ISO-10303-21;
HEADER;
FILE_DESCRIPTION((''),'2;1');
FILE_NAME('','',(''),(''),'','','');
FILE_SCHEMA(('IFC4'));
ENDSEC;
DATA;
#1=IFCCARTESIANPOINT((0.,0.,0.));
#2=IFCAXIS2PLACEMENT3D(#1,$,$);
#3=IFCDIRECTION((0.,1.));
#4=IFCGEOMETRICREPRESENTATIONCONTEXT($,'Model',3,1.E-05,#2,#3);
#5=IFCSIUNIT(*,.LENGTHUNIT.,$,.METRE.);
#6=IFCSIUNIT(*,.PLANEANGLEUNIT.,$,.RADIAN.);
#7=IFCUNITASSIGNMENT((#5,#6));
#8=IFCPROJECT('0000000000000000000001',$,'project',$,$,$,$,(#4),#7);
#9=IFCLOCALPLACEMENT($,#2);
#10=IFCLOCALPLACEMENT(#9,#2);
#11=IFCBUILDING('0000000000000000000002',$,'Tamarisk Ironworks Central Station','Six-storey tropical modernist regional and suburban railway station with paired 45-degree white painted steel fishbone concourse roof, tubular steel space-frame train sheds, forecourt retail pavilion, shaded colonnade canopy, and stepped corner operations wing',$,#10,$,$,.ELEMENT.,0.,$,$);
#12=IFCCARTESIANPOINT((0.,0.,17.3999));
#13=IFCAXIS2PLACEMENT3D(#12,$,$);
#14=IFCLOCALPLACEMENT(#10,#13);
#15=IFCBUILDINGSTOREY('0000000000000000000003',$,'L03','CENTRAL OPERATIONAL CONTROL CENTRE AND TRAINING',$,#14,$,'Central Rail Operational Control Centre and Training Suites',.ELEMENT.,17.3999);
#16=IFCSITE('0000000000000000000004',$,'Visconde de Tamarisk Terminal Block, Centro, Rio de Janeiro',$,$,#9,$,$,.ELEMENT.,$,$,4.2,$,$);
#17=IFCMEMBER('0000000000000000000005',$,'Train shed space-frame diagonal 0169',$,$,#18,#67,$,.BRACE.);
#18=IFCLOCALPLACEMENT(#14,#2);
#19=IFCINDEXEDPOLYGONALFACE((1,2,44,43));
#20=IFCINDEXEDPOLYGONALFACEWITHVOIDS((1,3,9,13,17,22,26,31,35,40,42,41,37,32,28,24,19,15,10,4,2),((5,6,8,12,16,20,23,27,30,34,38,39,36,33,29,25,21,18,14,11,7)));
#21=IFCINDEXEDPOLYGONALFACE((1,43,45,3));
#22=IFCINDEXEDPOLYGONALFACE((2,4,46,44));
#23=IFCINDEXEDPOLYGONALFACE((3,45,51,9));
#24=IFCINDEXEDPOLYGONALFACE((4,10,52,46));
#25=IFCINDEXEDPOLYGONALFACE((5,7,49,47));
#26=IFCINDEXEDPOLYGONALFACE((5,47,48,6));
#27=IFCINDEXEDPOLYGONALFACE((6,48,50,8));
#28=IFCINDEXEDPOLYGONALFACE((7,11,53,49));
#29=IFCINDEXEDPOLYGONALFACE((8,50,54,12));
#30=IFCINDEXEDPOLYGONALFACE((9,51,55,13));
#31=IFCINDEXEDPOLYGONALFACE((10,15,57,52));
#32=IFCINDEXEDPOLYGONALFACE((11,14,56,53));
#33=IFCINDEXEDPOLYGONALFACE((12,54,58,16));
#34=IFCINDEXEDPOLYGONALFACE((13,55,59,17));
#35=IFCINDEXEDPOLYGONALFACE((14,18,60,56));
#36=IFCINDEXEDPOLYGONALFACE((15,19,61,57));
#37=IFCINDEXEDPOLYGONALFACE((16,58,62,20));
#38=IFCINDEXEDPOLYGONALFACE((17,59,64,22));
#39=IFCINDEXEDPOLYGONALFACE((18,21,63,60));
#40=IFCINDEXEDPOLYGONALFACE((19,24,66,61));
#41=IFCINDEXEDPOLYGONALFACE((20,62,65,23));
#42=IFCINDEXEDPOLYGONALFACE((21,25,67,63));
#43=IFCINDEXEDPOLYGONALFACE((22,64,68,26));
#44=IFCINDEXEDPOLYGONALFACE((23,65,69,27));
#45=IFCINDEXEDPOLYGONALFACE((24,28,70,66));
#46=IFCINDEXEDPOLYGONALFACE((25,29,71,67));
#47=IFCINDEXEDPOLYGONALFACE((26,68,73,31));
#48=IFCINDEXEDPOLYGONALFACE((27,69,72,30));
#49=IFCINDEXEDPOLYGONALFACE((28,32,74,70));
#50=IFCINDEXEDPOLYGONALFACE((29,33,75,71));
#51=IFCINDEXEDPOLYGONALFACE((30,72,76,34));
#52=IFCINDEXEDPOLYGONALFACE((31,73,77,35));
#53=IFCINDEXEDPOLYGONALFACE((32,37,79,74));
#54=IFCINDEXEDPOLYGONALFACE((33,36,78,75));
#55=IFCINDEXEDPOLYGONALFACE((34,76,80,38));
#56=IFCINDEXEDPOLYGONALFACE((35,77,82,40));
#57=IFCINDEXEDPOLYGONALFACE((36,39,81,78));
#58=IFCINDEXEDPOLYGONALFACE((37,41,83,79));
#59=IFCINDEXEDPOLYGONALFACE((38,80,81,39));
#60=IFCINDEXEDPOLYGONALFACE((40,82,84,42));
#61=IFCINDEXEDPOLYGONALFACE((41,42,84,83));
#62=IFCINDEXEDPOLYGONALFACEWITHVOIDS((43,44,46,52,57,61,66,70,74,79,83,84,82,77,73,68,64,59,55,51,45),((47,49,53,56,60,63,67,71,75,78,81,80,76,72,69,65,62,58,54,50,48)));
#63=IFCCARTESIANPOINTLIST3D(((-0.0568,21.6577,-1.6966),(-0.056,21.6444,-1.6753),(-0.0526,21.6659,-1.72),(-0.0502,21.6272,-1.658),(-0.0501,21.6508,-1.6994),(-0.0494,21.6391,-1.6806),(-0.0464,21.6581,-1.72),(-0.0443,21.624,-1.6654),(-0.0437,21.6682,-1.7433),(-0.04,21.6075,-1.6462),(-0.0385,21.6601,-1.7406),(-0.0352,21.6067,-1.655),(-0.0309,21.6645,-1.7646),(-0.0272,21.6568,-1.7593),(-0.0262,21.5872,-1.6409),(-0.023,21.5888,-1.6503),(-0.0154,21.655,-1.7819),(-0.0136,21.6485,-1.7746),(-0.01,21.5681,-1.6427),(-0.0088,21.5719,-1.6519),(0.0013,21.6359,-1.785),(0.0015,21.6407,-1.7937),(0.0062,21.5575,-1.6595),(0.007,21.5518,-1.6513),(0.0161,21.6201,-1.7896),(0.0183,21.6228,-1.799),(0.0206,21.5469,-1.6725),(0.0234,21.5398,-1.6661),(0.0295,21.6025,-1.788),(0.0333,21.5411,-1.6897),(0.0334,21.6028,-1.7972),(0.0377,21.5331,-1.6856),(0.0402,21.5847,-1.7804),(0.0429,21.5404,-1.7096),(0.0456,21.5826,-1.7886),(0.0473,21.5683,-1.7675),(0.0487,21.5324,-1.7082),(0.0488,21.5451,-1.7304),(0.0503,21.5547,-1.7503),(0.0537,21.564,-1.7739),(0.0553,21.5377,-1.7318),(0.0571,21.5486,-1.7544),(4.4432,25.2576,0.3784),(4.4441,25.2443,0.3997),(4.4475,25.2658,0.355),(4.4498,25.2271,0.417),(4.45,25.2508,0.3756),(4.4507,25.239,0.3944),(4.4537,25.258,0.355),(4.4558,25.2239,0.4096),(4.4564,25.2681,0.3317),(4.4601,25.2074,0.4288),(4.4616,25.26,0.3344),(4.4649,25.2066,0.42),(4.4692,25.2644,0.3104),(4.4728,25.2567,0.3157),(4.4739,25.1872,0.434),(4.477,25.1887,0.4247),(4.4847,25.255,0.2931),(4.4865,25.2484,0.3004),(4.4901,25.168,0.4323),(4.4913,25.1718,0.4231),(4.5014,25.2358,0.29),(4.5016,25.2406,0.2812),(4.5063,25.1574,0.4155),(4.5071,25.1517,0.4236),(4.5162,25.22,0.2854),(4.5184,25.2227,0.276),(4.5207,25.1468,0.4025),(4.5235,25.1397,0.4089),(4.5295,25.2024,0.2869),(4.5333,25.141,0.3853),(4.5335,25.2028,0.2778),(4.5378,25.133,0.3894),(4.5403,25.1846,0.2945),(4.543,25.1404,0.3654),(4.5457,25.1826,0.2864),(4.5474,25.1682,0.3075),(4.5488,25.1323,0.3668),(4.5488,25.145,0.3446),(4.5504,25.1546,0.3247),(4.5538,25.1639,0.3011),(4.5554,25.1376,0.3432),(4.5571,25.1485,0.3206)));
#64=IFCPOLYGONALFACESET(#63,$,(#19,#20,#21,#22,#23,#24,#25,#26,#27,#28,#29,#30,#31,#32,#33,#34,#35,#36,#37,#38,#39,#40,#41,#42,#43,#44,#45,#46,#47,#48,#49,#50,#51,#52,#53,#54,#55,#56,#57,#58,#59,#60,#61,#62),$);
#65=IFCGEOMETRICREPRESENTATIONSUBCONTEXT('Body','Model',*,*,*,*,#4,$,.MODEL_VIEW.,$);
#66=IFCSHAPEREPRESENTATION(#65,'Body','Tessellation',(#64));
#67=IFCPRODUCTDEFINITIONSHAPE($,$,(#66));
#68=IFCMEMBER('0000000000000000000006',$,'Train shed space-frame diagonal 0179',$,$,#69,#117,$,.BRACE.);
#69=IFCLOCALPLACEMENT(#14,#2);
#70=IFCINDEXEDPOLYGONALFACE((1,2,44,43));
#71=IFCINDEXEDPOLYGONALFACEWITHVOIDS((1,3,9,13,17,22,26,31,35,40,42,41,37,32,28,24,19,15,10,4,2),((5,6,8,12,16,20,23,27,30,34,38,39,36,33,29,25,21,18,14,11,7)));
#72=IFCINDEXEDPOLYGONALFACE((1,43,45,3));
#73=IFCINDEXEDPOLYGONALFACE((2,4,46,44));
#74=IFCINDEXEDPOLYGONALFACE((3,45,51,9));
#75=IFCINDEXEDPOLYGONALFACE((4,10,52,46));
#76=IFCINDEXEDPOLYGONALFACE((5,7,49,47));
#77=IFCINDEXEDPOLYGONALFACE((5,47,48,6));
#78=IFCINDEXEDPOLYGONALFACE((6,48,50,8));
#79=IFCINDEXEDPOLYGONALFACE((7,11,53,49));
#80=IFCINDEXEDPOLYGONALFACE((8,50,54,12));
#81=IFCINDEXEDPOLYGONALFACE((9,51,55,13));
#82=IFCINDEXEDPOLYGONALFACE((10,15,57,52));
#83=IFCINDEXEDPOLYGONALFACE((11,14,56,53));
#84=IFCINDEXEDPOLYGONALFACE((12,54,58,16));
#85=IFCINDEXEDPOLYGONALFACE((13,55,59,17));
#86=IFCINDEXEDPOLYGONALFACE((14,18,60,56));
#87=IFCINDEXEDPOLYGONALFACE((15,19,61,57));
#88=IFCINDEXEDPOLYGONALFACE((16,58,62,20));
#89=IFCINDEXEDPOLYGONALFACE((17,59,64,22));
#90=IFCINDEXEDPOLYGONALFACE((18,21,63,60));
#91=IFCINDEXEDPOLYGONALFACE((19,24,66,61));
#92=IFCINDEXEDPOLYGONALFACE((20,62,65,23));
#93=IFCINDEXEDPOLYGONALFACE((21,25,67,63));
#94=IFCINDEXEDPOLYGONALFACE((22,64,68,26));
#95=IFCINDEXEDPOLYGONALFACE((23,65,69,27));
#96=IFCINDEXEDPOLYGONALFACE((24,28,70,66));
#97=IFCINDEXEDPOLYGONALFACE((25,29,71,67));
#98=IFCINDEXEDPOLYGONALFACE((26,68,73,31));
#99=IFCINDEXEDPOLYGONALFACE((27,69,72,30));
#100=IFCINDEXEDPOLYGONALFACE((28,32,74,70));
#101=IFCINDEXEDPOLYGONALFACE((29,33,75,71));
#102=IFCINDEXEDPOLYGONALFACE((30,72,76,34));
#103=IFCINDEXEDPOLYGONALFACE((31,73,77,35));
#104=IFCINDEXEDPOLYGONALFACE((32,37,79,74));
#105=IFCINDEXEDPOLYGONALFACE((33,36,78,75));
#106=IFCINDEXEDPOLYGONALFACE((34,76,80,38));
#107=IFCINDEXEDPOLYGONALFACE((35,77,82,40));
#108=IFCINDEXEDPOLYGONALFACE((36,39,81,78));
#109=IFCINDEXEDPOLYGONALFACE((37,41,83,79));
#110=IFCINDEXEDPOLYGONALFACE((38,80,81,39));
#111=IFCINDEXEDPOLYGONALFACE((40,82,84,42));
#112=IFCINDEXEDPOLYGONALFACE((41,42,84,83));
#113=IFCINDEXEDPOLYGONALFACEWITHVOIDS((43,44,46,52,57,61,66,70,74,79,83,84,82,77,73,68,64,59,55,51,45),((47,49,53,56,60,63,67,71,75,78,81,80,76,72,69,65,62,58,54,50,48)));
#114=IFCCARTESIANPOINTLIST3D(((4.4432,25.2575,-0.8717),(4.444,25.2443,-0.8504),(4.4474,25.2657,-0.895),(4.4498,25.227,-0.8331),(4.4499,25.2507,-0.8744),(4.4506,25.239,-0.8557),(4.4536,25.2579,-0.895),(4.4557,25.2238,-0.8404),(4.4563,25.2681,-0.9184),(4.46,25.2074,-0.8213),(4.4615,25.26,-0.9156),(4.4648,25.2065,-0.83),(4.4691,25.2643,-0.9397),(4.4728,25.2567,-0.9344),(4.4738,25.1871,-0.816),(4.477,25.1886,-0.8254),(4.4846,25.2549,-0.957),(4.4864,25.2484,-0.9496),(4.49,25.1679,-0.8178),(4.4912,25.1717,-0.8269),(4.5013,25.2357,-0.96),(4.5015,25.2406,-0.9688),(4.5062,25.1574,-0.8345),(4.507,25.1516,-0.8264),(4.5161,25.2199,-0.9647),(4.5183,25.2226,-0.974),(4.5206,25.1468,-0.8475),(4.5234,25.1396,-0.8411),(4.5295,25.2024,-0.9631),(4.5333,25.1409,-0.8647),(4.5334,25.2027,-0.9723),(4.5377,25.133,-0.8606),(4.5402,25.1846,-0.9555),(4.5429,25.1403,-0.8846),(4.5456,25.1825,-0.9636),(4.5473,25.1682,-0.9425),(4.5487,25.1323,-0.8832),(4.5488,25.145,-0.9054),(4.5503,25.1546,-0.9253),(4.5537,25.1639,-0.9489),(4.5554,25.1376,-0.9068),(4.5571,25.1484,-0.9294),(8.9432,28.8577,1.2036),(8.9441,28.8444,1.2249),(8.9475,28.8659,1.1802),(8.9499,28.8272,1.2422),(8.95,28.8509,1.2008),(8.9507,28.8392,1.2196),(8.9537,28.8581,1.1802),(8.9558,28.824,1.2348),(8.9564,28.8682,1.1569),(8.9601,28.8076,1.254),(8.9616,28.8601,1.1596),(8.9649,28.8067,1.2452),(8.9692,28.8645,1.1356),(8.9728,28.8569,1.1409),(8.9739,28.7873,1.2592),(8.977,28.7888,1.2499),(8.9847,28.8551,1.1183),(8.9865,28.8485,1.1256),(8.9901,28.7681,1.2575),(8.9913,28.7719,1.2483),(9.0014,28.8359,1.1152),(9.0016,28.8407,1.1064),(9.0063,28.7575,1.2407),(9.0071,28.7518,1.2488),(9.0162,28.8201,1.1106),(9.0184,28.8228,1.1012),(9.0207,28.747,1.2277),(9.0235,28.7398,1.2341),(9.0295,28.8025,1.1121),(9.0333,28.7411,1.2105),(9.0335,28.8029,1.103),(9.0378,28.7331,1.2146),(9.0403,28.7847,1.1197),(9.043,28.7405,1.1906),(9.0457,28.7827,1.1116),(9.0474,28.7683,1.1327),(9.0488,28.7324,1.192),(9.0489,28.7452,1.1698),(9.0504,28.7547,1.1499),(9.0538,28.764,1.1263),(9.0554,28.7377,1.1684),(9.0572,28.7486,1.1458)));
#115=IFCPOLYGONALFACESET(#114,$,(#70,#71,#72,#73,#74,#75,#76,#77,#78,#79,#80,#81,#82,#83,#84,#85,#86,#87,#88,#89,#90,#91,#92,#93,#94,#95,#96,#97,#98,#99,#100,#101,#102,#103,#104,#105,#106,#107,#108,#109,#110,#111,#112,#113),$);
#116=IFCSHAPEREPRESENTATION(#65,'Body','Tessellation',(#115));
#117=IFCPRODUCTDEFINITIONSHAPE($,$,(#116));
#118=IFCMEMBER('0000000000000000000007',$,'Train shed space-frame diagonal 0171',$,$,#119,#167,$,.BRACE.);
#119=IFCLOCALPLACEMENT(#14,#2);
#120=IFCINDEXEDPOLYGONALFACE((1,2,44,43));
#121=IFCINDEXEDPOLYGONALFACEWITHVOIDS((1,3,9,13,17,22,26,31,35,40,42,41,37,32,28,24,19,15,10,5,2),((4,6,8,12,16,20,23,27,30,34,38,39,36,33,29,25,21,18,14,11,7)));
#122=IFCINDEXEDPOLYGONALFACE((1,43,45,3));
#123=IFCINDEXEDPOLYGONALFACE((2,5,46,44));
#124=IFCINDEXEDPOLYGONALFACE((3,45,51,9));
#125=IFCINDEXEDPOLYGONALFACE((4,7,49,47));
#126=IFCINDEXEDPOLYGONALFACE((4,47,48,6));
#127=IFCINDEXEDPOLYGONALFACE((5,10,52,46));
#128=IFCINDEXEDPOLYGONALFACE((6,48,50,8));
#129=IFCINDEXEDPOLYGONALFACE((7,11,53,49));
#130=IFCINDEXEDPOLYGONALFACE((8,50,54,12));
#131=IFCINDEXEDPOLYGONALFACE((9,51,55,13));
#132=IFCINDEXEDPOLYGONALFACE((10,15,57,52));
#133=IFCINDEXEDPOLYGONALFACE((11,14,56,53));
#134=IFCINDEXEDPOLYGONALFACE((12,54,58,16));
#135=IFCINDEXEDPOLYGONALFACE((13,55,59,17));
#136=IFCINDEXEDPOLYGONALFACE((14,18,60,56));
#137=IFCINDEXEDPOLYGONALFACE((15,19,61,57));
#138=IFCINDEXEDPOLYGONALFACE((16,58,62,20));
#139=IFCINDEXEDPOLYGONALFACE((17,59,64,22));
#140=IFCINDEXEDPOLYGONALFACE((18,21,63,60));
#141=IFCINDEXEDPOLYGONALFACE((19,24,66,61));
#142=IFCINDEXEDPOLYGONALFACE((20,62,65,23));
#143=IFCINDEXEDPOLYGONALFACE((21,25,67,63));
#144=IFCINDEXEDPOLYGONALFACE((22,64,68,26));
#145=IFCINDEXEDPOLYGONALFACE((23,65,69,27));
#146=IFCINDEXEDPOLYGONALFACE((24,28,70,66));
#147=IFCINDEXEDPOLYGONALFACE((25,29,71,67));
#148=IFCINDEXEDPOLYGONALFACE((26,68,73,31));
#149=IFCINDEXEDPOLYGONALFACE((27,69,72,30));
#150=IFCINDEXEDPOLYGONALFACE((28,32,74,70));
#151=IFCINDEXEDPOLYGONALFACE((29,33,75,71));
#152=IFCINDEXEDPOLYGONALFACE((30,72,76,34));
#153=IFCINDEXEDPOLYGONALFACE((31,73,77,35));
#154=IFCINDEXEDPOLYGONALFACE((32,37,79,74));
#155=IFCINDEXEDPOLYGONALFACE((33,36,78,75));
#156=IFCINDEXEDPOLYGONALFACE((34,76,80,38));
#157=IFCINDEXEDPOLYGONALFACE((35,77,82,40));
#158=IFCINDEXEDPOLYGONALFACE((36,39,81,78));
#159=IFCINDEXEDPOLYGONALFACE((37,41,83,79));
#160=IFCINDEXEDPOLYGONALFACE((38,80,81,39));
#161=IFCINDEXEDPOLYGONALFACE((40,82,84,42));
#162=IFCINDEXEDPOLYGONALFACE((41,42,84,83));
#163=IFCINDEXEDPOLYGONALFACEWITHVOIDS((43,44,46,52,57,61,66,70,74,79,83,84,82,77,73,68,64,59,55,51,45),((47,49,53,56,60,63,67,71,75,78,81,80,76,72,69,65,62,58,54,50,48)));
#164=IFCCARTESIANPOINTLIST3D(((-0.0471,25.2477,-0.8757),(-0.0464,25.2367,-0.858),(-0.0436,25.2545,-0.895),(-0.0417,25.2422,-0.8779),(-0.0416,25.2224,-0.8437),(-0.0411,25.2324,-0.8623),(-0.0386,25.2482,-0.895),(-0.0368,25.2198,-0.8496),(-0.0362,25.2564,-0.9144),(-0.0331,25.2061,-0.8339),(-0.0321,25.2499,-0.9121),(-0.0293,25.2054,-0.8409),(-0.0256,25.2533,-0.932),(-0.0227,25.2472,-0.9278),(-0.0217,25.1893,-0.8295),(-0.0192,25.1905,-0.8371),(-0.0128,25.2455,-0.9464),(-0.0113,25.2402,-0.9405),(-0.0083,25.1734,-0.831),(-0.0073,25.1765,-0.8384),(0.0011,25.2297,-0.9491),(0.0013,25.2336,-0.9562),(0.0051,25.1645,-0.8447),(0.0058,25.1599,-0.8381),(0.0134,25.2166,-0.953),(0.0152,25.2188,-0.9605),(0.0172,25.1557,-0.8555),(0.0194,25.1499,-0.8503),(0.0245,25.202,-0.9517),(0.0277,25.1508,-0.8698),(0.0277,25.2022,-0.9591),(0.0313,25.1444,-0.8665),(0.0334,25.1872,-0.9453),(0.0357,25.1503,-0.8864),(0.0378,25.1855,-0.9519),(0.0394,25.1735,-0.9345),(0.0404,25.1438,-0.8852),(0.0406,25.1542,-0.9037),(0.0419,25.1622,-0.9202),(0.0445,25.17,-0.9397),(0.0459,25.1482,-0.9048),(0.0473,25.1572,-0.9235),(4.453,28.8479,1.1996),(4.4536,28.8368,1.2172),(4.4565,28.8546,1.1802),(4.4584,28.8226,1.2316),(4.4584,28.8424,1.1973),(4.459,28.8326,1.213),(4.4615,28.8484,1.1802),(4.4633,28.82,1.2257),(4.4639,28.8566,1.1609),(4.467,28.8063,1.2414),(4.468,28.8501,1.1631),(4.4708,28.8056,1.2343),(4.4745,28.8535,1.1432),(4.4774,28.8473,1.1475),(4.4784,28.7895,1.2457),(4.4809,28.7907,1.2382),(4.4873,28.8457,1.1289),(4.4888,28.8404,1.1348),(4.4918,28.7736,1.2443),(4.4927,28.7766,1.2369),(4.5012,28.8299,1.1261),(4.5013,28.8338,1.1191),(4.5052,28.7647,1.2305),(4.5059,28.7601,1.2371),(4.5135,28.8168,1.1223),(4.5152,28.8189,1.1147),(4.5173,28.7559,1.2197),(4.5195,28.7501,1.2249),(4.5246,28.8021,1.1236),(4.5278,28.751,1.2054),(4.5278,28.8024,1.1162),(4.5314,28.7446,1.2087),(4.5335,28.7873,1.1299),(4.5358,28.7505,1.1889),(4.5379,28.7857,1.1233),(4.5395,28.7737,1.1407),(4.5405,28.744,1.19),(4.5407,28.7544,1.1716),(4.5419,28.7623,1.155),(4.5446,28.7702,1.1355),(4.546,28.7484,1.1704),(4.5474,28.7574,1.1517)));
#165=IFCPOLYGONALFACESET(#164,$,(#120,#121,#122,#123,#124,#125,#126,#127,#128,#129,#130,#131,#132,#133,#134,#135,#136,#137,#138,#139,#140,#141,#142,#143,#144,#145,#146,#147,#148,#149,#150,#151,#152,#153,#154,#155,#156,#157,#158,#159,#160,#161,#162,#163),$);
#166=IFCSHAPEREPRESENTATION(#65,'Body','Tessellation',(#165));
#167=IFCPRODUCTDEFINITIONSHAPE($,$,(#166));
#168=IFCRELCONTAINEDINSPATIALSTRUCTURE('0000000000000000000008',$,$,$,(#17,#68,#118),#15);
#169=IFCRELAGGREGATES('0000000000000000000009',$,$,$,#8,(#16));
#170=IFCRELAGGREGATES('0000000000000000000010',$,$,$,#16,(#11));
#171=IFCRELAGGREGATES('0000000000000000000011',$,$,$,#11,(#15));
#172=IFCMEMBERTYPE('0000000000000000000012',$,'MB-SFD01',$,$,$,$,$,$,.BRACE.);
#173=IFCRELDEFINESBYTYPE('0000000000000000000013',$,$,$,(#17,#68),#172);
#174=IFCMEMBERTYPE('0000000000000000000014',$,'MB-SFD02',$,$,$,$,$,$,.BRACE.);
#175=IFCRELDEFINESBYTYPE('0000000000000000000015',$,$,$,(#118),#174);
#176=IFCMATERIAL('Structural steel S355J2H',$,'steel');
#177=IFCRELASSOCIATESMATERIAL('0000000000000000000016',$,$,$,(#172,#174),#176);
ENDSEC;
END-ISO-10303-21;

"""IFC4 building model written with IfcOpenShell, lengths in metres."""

from ifc_helpers import new_model, si_unit, direction, frame, origin, origin_2d, place, context, subcontext, project, spatial, hollow_circle, extrude, material, material_profile, profile_set, type_object, element, save


model = new_model("IFC4")

# Units and contexts
model_context = context("Model", 3, precision=1e-05, world=origin(), true_north=direction((0.0, 1.0)))
body_context = subcontext(model_context, "Body", "Model", "MODEL_VIEW")
ifc_project = project(units=[si_unit("LENGTHUNIT", "METRE"), si_unit("PLANEANGLEUNIT", "RADIAN")], contexts=[model_context])

# Site, building, storey
site_placement = place(None, origin())
site = spatial("IfcSite", under=ifc_project, at=site_placement, Name="Visconde de Tamarisk Terminal Block, Centro, Rio de Janeiro", CompositionType="ELEMENT", RefElevation=4.2)
building_placement = place(site_placement, origin())
building = spatial("IfcBuilding", under=site, at=building_placement, Name="Tamarisk Ironworks Central Station", Description="Six-storey tropical modernist regional and suburban railway station with paired 45-degree white painted steel fishbone concourse roof, tubular steel space-frame train sheds, forecourt retail pavilion, shaded colonnade canopy, and stepped corner operations wing", CompositionType="ELEMENT", ElevationOfRefHeight=0.0)
storey_placement = place(building_placement, frame((0.0, 0.0, 17.3999)))
storey = spatial("IfcBuildingStorey", under=building, at=storey_placement, Name="L03", Description="CENTRAL OPERATIONAL CONTROL CENTRE AND TRAINING", LongName="Central Rail Operational Control Centre and Training Suites", CompositionType="ELEMENT", Elevation=17.3999)

# Members
ifc_material_1 = material(Name="Structural steel S355J2H", Category="steel")
ifc_material_profile_1 = material_profile(ifc_material_1, hollow_circle(Radius=0.0842, WallThickness=0.01, at=origin_2d()), Name="CHS 168.3x10")
ifc_profile_set_1 = profile_set([ifc_material_profile_1], Name="Structural steel S355J2H")
member_type_1 = type_object("IfcMemberType", Name="MB-SFD01", PredefinedType="BRACE", material=ifc_profile_set_1)
member_1_placement = place(storey_placement, frame((0.0, 21.6001, -1.72), z_axis=(0.734706, 0.587741, 0.338773), x_axis=(-0.62468, 0.780881, 0.0)))
element("IfcMember", 1, at=member_1_placement, inside=storey, type_object=member_type_1, Name="Train shed space-frame diagonal 0169", PredefinedType="BRACE", context=body_context, shape_type="SweptSolid", body=[
    extrude(hollow_circle(Radius=0.0842, WallThickness=0.01, at=origin_2d()), origin(), (0.0, 0.0, 1.0), 6.125),
])
member_2_placement = place(storey_placement, frame((4.5, 25.2, -0.895), z_axis=(0.734679, 0.587759, 0.338801), x_axis=(-0.624705, 0.780861, 0.0)))
element("IfcMember", 2, at=member_2_placement, inside=storey, type_object=member_type_1, Name="Train shed space-frame diagonal 0179", PredefinedType="BRACE", context=body_context, shape_type="SweptSolid", body=[
    extrude(hollow_circle(Radius=0.0842, WallThickness=0.01, at=origin_2d()), origin(), (0.0, 0.0, 1.0), 6.1252),
])
ifc_material_profile_2 = material_profile(ifc_material_1, hollow_circle(Radius=0.0698, WallThickness=0.0081, at=origin_2d()), Name="CHS 139.7x8")
ifc_profile_set_2 = profile_set([ifc_material_profile_2], Name="Structural steel S355J2H")
member_type_2 = type_object("IfcMemberType", Name="MB-SFD02", PredefinedType="BRACE", material=ifc_profile_set_2)
member_3_placement = place(storey_placement, frame((0.0, 25.2, -0.895), z_axis=(0.734679, 0.587759, 0.338801), x_axis=(-0.624705, 0.780861, 0.0)))
element("IfcMember", 3, at=member_3_placement, inside=storey, type_object=member_type_2, Name="Train shed space-frame diagonal 0171", PredefinedType="BRACE", context=body_context, shape_type="SweptSolid", body=[
    extrude(hollow_circle(Radius=0.0698, WallThickness=0.0081, at=origin_2d()), origin(), (0.0, 0.0, 1.0), 6.1252),
])

save(model, "model.ifc")
